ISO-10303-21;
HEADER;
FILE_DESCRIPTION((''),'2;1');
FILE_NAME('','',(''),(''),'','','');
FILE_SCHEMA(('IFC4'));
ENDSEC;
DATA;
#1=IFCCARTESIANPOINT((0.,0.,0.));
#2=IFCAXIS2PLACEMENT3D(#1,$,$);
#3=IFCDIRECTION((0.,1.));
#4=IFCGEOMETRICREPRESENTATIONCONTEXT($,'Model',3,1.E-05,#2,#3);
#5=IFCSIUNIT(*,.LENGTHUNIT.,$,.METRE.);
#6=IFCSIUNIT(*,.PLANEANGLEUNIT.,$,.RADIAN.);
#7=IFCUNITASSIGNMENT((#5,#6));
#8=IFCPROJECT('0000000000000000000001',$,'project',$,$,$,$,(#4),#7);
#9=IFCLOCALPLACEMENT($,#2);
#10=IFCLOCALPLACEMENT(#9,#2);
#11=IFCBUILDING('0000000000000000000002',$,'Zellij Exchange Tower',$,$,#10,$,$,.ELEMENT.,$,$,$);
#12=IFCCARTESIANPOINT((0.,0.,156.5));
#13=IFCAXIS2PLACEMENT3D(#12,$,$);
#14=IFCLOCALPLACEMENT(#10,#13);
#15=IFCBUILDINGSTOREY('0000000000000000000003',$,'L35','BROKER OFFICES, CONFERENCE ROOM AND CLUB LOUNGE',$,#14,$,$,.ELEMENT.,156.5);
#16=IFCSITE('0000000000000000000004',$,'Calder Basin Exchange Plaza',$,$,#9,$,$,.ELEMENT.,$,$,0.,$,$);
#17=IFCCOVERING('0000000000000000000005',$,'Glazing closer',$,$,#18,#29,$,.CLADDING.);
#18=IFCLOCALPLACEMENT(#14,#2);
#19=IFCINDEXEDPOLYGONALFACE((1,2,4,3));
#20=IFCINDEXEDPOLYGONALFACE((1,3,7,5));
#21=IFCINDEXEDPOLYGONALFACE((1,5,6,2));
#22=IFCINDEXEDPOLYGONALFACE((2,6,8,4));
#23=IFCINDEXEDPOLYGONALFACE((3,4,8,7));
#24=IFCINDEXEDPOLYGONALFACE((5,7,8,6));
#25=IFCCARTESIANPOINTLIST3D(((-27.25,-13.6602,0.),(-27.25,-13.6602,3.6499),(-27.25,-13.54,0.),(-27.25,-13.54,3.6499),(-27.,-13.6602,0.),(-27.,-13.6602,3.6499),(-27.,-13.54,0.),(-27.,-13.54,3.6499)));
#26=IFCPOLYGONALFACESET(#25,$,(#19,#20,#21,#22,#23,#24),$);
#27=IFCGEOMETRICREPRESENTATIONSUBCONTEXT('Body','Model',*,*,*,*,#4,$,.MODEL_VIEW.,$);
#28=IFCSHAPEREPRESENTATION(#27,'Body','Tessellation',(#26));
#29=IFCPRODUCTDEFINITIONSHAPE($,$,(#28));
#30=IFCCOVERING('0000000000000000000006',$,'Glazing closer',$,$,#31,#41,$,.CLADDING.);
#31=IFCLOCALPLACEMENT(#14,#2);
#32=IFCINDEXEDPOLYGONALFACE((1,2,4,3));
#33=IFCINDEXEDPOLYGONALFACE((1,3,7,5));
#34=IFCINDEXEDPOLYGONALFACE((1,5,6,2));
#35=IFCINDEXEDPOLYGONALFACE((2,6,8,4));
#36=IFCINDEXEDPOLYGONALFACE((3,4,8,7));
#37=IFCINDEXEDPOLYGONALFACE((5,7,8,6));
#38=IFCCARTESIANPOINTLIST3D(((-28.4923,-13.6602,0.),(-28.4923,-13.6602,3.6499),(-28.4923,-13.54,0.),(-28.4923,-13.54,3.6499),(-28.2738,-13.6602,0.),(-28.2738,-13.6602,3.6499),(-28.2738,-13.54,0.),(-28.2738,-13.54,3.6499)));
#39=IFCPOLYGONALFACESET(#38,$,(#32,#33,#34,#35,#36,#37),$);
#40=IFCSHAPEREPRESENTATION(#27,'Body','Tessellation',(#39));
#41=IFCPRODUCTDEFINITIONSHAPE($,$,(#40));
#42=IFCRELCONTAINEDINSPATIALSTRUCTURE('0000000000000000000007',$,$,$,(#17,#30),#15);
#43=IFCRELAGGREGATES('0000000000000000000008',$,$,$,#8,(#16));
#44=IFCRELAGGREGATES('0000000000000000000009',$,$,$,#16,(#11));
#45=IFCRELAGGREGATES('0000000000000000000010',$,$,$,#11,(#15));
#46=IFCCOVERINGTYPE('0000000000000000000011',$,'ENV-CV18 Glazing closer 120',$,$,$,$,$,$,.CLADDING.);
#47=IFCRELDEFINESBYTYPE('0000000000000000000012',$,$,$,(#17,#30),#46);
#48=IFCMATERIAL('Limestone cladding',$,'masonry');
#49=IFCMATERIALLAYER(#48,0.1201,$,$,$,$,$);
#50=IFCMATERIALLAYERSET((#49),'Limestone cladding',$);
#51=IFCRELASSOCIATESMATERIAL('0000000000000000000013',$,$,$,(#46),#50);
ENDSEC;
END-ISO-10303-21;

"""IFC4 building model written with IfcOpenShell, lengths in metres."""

from ifc_helpers import new_model, si_unit, direction, frame, origin, origin_2d, place, context, subcontext, project, spatial, rectangle, extrude, material, layer, layer_set, type_object, element, save


model = new_model("IFC4")

# Units and contexts
model_context = context("Model", 3, precision=1e-05, world=origin(), true_north=direction((0.0, 1.0)))
body_context = subcontext(model_context, "Body", "Model", "MODEL_VIEW")
ifc_project = project(units=[si_unit("LENGTHUNIT", "METRE"), si_unit("PLANEANGLEUNIT", "RADIAN")], contexts=[model_context])

# Site, building, storey
site_placement = place(None, origin())
site = spatial("IfcSite", under=ifc_project, at=site_placement, Name="Calder Basin Exchange Plaza", CompositionType="ELEMENT", RefElevation=0.0)
building_placement = place(site_placement, origin())
building = spatial("IfcBuilding", under=site, at=building_placement, Name="Zellij Exchange Tower", CompositionType="ELEMENT")
storey_placement = place(building_placement, frame((0.0, 0.0, 156.5)))
storey = spatial("IfcBuildingStorey", under=building, at=storey_placement, Name="L35", Description="BROKER OFFICES, CONFERENCE ROOM AND CLUB LOUNGE", CompositionType="ELEMENT", Elevation=156.5)

# Coverings
ifc_material_1 = material(Name="Limestone cladding", Category="masonry")
ifc_layer_1 = layer(ifc_material_1, 0.1201)
ifc_layer_set_1 = layer_set([ifc_layer_1], Name="Limestone cladding")
covering_type = type_object("IfcCoveringType", Name="ENV-CV18 Glazing closer 120", PredefinedType="CLADDING", material=ifc_layer_set_1)
covering_1_placement = place(storey_placement, frame((-27.125, -13.6001, 0.0), z_axis=(0.0, 0.0, 1.0), x_axis=(1.0, 0.0, 0.0)))
element("IfcCovering", 1, at=covering_1_placement, inside=storey, type_object=covering_type, Name="Glazing closer", PredefinedType="CLADDING", context=body_context, shape_type="SweptSolid", body=[
    extrude(rectangle(XDim=0.25, YDim=0.1201, at=origin_2d()), origin(), (0.0, 0.0, 1.0), 3.6499),
])
covering_2_placement = place(storey_placement, frame((-28.3831, -13.6001, 0.0), z_axis=(0.0, 0.0, 1.0), x_axis=(-1.0, 0.0, 0.0)))
element("IfcCovering", 2, at=covering_2_placement, inside=storey, type_object=covering_type, Name="Glazing closer", PredefinedType="CLADDING", context=body_context, shape_type="SweptSolid", body=[
    extrude(rectangle(XDim=0.2185, YDim=0.1201, at=origin_2d()), origin(), (0.0, 0.0, 1.0), 3.6499),
])

save(model, "model.ifc")
